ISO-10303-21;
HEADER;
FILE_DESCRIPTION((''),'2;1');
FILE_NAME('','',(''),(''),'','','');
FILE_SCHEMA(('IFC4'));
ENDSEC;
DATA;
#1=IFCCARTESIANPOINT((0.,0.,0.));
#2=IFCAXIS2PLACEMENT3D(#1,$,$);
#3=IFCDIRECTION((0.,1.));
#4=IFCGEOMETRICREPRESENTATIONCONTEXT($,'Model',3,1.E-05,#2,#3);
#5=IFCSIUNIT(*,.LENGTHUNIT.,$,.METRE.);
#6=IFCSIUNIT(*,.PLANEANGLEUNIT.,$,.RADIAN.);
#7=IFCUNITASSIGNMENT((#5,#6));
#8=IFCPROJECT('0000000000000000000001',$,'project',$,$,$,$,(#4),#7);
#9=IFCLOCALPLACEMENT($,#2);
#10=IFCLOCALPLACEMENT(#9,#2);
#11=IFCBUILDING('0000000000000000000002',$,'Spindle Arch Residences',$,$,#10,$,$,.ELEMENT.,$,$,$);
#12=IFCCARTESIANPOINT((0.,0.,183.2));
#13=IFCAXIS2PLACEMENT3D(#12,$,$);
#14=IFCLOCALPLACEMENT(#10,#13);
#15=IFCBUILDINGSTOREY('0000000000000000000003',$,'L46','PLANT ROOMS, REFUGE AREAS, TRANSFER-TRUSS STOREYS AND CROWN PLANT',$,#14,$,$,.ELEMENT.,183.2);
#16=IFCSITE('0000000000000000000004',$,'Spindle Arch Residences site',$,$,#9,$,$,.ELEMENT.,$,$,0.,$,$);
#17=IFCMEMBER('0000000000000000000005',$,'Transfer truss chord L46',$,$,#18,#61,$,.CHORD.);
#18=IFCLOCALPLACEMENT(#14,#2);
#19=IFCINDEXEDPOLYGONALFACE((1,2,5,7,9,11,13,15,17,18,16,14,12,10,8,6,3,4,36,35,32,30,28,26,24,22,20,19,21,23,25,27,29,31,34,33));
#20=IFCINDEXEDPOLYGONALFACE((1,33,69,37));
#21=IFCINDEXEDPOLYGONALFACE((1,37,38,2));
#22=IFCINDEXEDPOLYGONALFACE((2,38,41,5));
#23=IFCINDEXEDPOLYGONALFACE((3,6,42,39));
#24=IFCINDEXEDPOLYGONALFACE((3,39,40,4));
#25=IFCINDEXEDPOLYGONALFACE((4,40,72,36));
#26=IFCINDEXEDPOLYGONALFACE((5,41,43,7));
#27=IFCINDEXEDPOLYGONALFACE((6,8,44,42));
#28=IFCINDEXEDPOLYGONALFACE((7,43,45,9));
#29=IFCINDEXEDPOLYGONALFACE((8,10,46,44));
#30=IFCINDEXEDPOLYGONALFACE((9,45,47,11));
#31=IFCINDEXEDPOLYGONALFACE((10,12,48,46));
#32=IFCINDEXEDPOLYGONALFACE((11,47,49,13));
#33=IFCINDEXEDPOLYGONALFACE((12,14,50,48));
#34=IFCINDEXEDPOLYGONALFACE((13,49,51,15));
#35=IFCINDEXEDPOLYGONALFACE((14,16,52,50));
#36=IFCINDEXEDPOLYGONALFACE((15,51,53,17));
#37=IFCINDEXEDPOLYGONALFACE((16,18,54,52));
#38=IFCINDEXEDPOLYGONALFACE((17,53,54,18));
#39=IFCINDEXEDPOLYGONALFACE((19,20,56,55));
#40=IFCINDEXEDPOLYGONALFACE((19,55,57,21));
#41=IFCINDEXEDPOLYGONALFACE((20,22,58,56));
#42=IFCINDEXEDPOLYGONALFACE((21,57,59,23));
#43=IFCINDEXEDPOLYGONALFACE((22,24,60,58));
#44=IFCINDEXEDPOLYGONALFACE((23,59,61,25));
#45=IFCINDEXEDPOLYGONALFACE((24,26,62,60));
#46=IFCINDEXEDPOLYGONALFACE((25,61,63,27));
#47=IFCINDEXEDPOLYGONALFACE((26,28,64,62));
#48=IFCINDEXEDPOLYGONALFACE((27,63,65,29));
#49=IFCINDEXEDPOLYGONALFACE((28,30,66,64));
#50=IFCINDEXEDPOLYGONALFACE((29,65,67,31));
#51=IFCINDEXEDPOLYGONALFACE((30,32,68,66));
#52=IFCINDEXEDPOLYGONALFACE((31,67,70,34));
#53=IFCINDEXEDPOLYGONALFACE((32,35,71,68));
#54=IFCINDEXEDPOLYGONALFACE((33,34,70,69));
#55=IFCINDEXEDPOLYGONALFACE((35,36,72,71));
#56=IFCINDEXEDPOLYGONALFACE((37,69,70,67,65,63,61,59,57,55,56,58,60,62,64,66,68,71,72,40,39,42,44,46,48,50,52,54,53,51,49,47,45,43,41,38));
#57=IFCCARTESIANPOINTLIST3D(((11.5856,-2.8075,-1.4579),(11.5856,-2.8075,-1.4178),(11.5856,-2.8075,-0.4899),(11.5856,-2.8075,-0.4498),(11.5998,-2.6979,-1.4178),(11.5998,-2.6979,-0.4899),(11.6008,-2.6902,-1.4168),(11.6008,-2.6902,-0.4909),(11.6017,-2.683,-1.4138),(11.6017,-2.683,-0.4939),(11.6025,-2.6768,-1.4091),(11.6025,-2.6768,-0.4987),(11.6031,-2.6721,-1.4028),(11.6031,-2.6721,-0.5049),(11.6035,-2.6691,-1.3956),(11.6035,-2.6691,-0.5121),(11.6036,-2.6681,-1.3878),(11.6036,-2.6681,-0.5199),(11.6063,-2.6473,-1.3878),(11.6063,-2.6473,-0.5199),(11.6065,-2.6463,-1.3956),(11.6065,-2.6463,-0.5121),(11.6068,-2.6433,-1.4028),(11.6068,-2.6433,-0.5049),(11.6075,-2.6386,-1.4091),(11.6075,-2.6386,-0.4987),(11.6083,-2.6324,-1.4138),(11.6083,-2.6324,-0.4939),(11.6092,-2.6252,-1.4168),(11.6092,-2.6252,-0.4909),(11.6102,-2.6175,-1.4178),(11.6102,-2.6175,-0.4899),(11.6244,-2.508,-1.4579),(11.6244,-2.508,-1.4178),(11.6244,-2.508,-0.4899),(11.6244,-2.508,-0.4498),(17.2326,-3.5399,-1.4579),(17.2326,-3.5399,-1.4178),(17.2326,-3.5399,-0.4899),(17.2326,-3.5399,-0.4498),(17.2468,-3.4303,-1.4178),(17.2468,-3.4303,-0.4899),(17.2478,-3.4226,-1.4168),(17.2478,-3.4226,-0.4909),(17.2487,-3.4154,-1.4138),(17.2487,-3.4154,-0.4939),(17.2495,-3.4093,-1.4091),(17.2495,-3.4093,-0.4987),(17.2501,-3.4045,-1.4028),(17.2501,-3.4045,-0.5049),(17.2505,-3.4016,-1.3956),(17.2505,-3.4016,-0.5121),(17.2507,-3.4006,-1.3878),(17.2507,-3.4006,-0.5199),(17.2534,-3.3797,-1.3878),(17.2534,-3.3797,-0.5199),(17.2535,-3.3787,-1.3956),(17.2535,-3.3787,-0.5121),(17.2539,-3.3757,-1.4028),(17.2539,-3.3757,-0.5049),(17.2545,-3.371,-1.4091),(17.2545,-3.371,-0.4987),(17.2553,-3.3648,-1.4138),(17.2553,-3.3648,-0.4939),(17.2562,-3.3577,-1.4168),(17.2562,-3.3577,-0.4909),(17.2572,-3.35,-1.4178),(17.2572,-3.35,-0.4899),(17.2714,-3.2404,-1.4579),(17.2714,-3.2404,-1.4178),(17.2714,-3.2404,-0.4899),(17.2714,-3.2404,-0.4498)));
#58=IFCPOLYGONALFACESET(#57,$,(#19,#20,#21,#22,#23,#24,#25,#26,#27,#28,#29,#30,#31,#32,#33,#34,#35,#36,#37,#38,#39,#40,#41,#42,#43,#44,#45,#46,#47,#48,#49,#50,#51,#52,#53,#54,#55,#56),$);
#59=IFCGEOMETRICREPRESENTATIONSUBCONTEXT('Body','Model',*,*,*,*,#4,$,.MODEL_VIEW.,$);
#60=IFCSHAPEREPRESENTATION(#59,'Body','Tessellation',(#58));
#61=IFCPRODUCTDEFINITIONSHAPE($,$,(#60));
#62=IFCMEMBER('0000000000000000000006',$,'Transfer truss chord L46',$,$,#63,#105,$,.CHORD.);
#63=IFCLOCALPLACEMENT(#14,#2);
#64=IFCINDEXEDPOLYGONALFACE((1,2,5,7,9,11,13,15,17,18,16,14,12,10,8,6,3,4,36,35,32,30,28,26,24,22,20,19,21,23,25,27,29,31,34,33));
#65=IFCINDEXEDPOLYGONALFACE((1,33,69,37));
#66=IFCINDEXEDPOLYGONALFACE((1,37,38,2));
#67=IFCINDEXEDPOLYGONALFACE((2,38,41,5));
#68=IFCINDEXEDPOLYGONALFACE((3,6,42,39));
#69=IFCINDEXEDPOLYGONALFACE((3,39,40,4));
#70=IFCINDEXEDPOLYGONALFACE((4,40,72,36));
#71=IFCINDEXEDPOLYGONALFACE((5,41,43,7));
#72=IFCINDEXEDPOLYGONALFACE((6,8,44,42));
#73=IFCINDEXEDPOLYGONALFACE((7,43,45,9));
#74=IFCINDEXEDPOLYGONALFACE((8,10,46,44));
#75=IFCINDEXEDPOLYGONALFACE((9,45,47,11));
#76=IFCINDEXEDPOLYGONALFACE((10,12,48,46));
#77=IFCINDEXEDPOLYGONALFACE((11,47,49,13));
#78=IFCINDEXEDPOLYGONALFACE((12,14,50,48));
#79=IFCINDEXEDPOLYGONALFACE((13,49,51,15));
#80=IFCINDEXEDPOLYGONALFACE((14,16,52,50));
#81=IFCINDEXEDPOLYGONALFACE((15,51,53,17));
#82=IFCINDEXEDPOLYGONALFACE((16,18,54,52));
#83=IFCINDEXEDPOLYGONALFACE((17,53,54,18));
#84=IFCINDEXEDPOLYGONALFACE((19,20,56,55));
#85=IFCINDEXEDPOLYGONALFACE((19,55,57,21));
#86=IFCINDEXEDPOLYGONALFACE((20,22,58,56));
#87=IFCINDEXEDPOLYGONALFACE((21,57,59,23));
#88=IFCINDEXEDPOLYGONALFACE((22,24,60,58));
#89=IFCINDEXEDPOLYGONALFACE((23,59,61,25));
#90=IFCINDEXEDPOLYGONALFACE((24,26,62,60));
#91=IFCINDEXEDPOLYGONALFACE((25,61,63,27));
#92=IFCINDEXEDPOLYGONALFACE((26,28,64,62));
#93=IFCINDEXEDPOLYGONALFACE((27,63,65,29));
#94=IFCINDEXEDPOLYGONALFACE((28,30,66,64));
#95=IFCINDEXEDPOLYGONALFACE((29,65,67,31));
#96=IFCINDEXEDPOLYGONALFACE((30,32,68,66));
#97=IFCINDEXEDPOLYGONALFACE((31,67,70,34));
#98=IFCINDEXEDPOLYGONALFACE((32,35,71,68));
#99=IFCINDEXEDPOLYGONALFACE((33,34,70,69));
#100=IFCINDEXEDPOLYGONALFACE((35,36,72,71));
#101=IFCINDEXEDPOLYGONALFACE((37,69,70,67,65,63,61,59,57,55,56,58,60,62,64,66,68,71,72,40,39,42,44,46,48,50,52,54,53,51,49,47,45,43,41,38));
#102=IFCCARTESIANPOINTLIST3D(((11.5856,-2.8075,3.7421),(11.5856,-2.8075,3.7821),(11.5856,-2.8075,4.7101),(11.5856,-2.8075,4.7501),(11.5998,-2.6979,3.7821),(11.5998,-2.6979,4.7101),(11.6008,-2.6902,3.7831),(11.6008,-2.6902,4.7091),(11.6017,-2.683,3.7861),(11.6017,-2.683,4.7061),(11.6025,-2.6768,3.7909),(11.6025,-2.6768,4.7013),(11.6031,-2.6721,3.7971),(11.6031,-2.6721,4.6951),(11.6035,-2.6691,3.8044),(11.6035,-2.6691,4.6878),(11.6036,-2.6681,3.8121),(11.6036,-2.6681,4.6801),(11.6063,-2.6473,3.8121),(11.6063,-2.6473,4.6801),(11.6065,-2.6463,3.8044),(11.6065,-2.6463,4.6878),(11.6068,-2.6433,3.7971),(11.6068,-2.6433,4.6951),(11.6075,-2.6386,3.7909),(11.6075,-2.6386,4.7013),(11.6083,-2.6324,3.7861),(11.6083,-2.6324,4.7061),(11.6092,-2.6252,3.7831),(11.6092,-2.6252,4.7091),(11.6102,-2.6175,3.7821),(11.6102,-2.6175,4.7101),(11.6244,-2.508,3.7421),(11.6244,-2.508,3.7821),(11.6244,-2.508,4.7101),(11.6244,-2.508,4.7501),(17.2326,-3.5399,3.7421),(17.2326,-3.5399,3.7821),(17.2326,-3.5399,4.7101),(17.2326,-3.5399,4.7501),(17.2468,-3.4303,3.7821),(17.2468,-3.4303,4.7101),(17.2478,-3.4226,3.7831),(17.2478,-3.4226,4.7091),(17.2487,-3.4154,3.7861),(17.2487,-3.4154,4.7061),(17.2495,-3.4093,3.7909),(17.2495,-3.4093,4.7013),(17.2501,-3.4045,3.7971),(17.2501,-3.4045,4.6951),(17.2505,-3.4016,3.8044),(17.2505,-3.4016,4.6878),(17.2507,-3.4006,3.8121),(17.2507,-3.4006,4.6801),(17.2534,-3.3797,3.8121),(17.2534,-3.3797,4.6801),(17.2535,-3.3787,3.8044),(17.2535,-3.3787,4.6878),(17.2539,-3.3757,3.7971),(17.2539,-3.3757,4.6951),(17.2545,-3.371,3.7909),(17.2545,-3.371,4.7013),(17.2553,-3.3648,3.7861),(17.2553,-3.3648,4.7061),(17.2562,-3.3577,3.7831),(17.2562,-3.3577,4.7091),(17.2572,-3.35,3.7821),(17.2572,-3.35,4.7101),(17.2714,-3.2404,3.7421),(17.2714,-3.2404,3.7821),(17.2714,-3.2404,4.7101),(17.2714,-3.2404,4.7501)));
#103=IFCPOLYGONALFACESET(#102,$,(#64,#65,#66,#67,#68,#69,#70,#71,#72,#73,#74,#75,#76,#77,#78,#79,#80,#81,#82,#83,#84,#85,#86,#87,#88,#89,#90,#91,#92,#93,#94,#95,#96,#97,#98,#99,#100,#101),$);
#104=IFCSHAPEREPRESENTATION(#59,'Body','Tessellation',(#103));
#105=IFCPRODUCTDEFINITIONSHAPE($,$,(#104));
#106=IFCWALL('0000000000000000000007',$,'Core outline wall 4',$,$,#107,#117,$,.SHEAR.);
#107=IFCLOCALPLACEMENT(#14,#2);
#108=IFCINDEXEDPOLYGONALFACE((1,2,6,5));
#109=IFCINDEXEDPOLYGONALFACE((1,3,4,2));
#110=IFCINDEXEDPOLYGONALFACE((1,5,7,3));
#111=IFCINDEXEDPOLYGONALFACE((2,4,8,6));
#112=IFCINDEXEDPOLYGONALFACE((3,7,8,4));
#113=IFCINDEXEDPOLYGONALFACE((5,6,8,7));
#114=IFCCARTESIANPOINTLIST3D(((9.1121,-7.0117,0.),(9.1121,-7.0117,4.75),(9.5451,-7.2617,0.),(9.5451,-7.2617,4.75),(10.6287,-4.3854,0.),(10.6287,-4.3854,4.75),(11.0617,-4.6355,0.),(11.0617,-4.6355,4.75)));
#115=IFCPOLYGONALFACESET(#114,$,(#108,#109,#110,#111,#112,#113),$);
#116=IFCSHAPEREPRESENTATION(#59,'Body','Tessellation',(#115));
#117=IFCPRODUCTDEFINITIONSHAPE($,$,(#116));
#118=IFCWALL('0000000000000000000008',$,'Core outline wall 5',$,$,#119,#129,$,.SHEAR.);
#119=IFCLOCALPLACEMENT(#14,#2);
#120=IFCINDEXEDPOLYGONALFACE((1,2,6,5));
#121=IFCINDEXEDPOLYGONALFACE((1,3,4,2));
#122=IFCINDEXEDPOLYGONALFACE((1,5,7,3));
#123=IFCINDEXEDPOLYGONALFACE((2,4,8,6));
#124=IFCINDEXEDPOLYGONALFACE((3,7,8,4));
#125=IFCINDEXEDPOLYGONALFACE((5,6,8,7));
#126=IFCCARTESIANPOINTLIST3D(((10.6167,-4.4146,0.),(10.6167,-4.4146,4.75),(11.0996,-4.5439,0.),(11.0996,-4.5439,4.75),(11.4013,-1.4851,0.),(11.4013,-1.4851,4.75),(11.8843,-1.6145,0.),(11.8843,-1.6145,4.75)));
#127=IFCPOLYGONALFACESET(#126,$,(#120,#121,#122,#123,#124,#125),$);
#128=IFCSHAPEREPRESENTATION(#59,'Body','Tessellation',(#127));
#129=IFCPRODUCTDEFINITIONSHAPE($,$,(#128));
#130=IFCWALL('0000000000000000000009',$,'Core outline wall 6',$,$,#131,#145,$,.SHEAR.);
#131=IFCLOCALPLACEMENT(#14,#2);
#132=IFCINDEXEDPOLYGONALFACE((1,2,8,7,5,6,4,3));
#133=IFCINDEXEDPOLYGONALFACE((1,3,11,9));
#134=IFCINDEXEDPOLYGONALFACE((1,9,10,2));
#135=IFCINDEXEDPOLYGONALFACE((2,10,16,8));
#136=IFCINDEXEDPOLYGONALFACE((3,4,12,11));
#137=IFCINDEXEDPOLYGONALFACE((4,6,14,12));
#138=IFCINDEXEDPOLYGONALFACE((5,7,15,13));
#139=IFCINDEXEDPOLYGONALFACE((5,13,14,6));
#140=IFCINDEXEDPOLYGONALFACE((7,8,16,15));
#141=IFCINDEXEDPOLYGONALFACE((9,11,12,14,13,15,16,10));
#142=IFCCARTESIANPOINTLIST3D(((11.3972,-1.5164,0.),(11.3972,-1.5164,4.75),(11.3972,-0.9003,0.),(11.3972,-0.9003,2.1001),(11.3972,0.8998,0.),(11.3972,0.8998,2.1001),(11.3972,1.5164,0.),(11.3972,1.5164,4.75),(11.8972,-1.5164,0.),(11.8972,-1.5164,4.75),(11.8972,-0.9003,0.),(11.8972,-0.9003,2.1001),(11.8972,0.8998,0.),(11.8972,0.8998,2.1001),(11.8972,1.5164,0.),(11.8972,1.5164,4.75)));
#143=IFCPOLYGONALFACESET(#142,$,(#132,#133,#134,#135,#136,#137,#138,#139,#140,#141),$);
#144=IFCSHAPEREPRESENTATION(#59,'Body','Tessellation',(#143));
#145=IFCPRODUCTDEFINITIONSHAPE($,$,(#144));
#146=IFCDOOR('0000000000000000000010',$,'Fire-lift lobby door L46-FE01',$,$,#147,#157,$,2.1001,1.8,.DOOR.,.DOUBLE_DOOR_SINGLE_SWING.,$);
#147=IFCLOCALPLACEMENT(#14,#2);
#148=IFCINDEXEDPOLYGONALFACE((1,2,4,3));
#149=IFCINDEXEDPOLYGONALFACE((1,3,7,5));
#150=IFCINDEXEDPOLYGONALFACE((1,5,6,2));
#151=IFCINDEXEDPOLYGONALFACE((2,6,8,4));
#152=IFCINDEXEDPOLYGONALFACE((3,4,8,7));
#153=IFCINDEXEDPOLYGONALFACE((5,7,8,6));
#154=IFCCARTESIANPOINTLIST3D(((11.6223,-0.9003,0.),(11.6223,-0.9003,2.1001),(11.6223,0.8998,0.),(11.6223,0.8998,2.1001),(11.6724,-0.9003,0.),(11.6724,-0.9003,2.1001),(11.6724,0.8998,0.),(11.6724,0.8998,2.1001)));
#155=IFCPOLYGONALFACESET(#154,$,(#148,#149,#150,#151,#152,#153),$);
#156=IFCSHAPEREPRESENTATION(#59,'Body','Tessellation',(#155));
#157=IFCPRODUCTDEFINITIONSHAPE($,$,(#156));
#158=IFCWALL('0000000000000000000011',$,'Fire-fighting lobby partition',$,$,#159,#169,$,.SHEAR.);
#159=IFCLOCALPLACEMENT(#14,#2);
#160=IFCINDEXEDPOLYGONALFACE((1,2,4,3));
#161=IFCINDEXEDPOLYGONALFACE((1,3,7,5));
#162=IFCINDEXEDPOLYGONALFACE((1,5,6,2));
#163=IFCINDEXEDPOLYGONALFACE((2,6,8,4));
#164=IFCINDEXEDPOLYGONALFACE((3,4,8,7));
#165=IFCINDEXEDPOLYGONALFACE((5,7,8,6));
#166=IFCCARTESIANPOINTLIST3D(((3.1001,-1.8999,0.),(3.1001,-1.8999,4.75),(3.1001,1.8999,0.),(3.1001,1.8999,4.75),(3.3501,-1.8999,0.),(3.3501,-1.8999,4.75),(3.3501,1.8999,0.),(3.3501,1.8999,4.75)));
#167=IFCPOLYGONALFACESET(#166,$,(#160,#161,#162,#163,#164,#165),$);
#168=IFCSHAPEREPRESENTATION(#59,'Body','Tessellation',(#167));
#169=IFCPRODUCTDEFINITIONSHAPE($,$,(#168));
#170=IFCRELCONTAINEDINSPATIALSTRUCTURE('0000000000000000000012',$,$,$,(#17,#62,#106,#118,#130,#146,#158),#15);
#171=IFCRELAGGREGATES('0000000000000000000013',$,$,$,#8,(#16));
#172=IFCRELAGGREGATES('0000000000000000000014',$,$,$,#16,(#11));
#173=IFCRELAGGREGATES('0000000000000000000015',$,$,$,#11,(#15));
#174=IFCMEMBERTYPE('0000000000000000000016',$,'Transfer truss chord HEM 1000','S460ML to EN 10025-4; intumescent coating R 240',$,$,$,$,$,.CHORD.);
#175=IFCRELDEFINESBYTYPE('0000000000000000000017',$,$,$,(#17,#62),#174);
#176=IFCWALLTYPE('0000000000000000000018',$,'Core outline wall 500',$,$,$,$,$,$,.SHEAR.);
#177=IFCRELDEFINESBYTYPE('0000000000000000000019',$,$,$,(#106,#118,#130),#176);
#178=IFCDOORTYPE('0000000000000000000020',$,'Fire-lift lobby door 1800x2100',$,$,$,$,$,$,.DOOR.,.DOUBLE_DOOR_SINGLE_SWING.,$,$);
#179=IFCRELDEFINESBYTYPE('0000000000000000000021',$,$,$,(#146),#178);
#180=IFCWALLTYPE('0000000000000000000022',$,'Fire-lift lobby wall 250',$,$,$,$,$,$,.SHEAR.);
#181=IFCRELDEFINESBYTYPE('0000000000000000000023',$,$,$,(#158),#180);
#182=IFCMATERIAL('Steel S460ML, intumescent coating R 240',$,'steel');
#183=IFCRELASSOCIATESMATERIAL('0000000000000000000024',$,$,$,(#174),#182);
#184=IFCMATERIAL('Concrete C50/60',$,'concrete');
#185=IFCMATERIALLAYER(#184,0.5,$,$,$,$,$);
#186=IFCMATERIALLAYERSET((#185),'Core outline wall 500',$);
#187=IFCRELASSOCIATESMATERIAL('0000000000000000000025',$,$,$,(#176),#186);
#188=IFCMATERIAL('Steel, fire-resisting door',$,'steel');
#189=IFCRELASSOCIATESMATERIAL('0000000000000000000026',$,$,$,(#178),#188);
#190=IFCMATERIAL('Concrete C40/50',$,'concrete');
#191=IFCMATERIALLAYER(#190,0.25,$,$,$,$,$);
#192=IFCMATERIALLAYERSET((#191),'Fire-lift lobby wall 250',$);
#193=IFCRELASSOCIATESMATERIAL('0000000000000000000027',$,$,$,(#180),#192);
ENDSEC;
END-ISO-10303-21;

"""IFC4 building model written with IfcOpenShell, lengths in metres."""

from ifc_helpers import new_model, si_unit, direction, frame, frame_2d, origin, origin_2d, place, context, subcontext, project, spatial, rectangle, i_section, extrude, material, layer, layer_set, material_profile, profile_set, type_object, element, fill, save


model = new_model("IFC4")

# Units and contexts
model_context = context("Model", 3, precision=1e-05, world=origin(), true_north=direction((0.0, 1.0)))
body_context = subcontext(model_context, "Body", "Model", "MODEL_VIEW")
ifc_project = project(units=[si_unit("LENGTHUNIT", "METRE"), si_unit("PLANEANGLEUNIT", "RADIAN")], contexts=[model_context])

# Site, building, storey
site_placement = place(None, origin())
site = spatial("IfcSite", under=ifc_project, at=site_placement, Name="Spindle Arch Residences site", CompositionType="ELEMENT", RefElevation=0.0)
building_placement = place(site_placement, origin())
building = spatial("IfcBuilding", under=site, at=building_placement, Name="Spindle Arch Residences", CompositionType="ELEMENT")
storey_placement = place(building_placement, frame((0.0, 0.0, 183.2)))
storey = spatial("IfcBuildingStorey", under=building, at=storey_placement, Name="L46", Description="PLANT ROOMS, REFUGE AREAS, TRANSFER-TRUSS STOREYS AND CROWN PLANT", CompositionType="ELEMENT", Elevation=183.2)

# Members
ifc_material_1 = material(Name="Steel S460ML, intumescent coating R 240", Category="steel")
ifc_material_profile = material_profile(ifc_material_1, i_section(OverallWidth=0.302, OverallDepth=1.0081, WebThickness=0.021, FlangeThickness=0.04, FilletRadius=0.03, at=origin_2d()), Name="HEM 1000")
ifc_profile_set = profile_set([ifc_material_profile], Name="Steel S460ML, intumescent coating R 240")
member_type = type_object("IfcMemberType", Name="Transfer truss chord HEM 1000", Description="S460ML to EN 10025-4; intumescent coating R 240", PredefinedType="CHORD", material=ifc_profile_set)
for number, where, z_axis, x_axis, name in (
    (1, (11.605, -2.6577, -0.9539), (0.991693, -0.128624, 0.0), (0.128624, 0.991693, 0.0), "Transfer truss chord L46"),
    (2, (11.605, -2.6577, 4.2461), (0.991693, -0.128624, 0.0), (0.128624, 0.991693, 0.0), "Transfer truss chord L46"),
):
    element("IfcMember", number, at=place(storey_placement, frame(where, z_axis=z_axis, x_axis=x_axis)), inside=storey, type_object=member_type, Name=name, PredefinedType="CHORD", context=body_context, shape_type="SweptSolid", body=[
        extrude(i_section(OverallWidth=0.302, OverallDepth=1.0081, WebThickness=0.021, FlangeThickness=0.04, FilletRadius=0.03, at=origin_2d()), origin(), (0.0, 0.0, 1.0), 5.6943),
    ])

# Shared definitions
ifc_material_2 = material(Name="Concrete C50/60", Category="concrete")
ifc_layer_1 = layer(ifc_material_2, 0.5)
ifc_layer_set_1 = layer_set([ifc_layer_1], Name="Core outline wall 500")
wall_type_1 = type_object("IfcWallType", Name="Core outline wall 500", PredefinedType="SHEAR", material=ifc_layer_set_1)

# Walls
for number, where, z_axis, x_axis, name in (
    (3, (9.3286, -7.1367, 0.0), (0.0, 0.0, 1.0), (0.500087, 0.865975, 0.0), "Core outline wall 4"),
    (4, (10.8582, -4.4792, 0.0), (0.0, 0.0, 1.0), (0.258735, 0.965948, 0.0), "Core outline wall 5"),
):
    element("IfcWall", number, at=place(storey_placement, frame(where, z_axis=z_axis, x_axis=x_axis)), inside=storey, type_object=wall_type_1, Name=name, PredefinedType="SHEAR", context=body_context, shape_type="SweptSolid", body=[
        extrude(rectangle(XDim=3.0327, YDim=0.5, at=frame_2d((1.5164, 0.0))), origin(), (0.0, 0.0, 1.0), 4.75),
    ])

# Wall, opening, door
wall_1_placement = place(storey_placement, frame((11.6472, -1.5164, 0.0), z_axis=(0.0, 0.0, 1.0), x_axis=(0.0, 1.0, 0.0)))
wall_1 = element("IfcWall", 5, at=wall_1_placement, inside=storey, type_object=wall_type_1, Name="Core outline wall 6", PredefinedType="SHEAR", context=body_context, shape_type="SweptSolid", body=[
    extrude(rectangle(XDim=3.0327, YDim=0.5, at=frame_2d((1.5164, 0.0))), origin(), (0.0, 0.0, 1.0), 4.75),
])
opening_1_placement = place(wall_1_placement, frame((0.6162, 0.0, 0.0)))
opening_1 = element("IfcOpeningElement", 6, at=opening_1_placement, cuts=wall_1, PredefinedType="OPENING", context=body_context, shape_type="SweptSolid", body=[
    extrude(rectangle(XDim=1.8, YDim=2.1001, at=frame_2d((0.8999, 1.05))), frame((0.0, 0.26, 0.0), z_axis=(0.0, -1.0, 0.0), x_axis=(1.0, 0.0, 0.0)), (0.0, 0.0, 1.0), 0.52),
])
ifc_material_3 = material(Name="Steel, fire-resisting door", Category="steel")
door_type_1 = type_object("IfcDoorType", Name="Fire-lift lobby door 1800x2100", OperationType="DOUBLE_DOOR_SINGLE_SWING", PredefinedType="DOOR", material=ifc_material_3)
door_1_placement = place(opening_1_placement, origin())
door_1 = element("IfcDoor", 7, at=door_1_placement, inside=storey, type_object=door_type_1, Name="Fire-lift lobby door L46-FE01", OperationType="DOUBLE_DOOR_SINGLE_SWING", OverallHeight=2.1001, OverallWidth=1.8, PredefinedType="DOOR", context=body_context, shape_type="SweptSolid", body=[
    extrude(rectangle(XDim=1.8, YDim=2.1001, at=frame_2d((0.8999, 1.05))), frame((0.0, 0.0249, 0.0), z_axis=(0.0, -1.0, 0.0), x_axis=(1.0, 0.0, 0.0)), (0.0, 0.0, 1.0), 0.05),
])
fill(opening_1, door_1)

# Wall
ifc_material_4 = material(Name="Concrete C40/50", Category="concrete")
ifc_layer_2 = layer(ifc_material_4, 0.25)
ifc_layer_set_2 = layer_set([ifc_layer_2], Name="Fire-lift lobby wall 250")
wall_type_2 = type_object("IfcWallType", Name="Fire-lift lobby wall 250", PredefinedType="SHEAR", material=ifc_layer_set_2)
wall_2_placement = place(storey_placement, frame((3.2251, -1.8999, 0.0), z_axis=(0.0, 0.0, 1.0), x_axis=(0.0, 1.0, 0.0)))
element("IfcWall", 8, at=wall_2_placement, inside=storey, type_object=wall_type_2, Name="Fire-fighting lobby partition", PredefinedType="SHEAR", context=body_context, shape_type="SweptSolid", body=[
    extrude(rectangle(XDim=3.7998, YDim=0.25, at=frame_2d((1.8999, 0.0))), origin(), (0.0, 0.0, 1.0), 4.75),
])

save(model, "model.ifc")
